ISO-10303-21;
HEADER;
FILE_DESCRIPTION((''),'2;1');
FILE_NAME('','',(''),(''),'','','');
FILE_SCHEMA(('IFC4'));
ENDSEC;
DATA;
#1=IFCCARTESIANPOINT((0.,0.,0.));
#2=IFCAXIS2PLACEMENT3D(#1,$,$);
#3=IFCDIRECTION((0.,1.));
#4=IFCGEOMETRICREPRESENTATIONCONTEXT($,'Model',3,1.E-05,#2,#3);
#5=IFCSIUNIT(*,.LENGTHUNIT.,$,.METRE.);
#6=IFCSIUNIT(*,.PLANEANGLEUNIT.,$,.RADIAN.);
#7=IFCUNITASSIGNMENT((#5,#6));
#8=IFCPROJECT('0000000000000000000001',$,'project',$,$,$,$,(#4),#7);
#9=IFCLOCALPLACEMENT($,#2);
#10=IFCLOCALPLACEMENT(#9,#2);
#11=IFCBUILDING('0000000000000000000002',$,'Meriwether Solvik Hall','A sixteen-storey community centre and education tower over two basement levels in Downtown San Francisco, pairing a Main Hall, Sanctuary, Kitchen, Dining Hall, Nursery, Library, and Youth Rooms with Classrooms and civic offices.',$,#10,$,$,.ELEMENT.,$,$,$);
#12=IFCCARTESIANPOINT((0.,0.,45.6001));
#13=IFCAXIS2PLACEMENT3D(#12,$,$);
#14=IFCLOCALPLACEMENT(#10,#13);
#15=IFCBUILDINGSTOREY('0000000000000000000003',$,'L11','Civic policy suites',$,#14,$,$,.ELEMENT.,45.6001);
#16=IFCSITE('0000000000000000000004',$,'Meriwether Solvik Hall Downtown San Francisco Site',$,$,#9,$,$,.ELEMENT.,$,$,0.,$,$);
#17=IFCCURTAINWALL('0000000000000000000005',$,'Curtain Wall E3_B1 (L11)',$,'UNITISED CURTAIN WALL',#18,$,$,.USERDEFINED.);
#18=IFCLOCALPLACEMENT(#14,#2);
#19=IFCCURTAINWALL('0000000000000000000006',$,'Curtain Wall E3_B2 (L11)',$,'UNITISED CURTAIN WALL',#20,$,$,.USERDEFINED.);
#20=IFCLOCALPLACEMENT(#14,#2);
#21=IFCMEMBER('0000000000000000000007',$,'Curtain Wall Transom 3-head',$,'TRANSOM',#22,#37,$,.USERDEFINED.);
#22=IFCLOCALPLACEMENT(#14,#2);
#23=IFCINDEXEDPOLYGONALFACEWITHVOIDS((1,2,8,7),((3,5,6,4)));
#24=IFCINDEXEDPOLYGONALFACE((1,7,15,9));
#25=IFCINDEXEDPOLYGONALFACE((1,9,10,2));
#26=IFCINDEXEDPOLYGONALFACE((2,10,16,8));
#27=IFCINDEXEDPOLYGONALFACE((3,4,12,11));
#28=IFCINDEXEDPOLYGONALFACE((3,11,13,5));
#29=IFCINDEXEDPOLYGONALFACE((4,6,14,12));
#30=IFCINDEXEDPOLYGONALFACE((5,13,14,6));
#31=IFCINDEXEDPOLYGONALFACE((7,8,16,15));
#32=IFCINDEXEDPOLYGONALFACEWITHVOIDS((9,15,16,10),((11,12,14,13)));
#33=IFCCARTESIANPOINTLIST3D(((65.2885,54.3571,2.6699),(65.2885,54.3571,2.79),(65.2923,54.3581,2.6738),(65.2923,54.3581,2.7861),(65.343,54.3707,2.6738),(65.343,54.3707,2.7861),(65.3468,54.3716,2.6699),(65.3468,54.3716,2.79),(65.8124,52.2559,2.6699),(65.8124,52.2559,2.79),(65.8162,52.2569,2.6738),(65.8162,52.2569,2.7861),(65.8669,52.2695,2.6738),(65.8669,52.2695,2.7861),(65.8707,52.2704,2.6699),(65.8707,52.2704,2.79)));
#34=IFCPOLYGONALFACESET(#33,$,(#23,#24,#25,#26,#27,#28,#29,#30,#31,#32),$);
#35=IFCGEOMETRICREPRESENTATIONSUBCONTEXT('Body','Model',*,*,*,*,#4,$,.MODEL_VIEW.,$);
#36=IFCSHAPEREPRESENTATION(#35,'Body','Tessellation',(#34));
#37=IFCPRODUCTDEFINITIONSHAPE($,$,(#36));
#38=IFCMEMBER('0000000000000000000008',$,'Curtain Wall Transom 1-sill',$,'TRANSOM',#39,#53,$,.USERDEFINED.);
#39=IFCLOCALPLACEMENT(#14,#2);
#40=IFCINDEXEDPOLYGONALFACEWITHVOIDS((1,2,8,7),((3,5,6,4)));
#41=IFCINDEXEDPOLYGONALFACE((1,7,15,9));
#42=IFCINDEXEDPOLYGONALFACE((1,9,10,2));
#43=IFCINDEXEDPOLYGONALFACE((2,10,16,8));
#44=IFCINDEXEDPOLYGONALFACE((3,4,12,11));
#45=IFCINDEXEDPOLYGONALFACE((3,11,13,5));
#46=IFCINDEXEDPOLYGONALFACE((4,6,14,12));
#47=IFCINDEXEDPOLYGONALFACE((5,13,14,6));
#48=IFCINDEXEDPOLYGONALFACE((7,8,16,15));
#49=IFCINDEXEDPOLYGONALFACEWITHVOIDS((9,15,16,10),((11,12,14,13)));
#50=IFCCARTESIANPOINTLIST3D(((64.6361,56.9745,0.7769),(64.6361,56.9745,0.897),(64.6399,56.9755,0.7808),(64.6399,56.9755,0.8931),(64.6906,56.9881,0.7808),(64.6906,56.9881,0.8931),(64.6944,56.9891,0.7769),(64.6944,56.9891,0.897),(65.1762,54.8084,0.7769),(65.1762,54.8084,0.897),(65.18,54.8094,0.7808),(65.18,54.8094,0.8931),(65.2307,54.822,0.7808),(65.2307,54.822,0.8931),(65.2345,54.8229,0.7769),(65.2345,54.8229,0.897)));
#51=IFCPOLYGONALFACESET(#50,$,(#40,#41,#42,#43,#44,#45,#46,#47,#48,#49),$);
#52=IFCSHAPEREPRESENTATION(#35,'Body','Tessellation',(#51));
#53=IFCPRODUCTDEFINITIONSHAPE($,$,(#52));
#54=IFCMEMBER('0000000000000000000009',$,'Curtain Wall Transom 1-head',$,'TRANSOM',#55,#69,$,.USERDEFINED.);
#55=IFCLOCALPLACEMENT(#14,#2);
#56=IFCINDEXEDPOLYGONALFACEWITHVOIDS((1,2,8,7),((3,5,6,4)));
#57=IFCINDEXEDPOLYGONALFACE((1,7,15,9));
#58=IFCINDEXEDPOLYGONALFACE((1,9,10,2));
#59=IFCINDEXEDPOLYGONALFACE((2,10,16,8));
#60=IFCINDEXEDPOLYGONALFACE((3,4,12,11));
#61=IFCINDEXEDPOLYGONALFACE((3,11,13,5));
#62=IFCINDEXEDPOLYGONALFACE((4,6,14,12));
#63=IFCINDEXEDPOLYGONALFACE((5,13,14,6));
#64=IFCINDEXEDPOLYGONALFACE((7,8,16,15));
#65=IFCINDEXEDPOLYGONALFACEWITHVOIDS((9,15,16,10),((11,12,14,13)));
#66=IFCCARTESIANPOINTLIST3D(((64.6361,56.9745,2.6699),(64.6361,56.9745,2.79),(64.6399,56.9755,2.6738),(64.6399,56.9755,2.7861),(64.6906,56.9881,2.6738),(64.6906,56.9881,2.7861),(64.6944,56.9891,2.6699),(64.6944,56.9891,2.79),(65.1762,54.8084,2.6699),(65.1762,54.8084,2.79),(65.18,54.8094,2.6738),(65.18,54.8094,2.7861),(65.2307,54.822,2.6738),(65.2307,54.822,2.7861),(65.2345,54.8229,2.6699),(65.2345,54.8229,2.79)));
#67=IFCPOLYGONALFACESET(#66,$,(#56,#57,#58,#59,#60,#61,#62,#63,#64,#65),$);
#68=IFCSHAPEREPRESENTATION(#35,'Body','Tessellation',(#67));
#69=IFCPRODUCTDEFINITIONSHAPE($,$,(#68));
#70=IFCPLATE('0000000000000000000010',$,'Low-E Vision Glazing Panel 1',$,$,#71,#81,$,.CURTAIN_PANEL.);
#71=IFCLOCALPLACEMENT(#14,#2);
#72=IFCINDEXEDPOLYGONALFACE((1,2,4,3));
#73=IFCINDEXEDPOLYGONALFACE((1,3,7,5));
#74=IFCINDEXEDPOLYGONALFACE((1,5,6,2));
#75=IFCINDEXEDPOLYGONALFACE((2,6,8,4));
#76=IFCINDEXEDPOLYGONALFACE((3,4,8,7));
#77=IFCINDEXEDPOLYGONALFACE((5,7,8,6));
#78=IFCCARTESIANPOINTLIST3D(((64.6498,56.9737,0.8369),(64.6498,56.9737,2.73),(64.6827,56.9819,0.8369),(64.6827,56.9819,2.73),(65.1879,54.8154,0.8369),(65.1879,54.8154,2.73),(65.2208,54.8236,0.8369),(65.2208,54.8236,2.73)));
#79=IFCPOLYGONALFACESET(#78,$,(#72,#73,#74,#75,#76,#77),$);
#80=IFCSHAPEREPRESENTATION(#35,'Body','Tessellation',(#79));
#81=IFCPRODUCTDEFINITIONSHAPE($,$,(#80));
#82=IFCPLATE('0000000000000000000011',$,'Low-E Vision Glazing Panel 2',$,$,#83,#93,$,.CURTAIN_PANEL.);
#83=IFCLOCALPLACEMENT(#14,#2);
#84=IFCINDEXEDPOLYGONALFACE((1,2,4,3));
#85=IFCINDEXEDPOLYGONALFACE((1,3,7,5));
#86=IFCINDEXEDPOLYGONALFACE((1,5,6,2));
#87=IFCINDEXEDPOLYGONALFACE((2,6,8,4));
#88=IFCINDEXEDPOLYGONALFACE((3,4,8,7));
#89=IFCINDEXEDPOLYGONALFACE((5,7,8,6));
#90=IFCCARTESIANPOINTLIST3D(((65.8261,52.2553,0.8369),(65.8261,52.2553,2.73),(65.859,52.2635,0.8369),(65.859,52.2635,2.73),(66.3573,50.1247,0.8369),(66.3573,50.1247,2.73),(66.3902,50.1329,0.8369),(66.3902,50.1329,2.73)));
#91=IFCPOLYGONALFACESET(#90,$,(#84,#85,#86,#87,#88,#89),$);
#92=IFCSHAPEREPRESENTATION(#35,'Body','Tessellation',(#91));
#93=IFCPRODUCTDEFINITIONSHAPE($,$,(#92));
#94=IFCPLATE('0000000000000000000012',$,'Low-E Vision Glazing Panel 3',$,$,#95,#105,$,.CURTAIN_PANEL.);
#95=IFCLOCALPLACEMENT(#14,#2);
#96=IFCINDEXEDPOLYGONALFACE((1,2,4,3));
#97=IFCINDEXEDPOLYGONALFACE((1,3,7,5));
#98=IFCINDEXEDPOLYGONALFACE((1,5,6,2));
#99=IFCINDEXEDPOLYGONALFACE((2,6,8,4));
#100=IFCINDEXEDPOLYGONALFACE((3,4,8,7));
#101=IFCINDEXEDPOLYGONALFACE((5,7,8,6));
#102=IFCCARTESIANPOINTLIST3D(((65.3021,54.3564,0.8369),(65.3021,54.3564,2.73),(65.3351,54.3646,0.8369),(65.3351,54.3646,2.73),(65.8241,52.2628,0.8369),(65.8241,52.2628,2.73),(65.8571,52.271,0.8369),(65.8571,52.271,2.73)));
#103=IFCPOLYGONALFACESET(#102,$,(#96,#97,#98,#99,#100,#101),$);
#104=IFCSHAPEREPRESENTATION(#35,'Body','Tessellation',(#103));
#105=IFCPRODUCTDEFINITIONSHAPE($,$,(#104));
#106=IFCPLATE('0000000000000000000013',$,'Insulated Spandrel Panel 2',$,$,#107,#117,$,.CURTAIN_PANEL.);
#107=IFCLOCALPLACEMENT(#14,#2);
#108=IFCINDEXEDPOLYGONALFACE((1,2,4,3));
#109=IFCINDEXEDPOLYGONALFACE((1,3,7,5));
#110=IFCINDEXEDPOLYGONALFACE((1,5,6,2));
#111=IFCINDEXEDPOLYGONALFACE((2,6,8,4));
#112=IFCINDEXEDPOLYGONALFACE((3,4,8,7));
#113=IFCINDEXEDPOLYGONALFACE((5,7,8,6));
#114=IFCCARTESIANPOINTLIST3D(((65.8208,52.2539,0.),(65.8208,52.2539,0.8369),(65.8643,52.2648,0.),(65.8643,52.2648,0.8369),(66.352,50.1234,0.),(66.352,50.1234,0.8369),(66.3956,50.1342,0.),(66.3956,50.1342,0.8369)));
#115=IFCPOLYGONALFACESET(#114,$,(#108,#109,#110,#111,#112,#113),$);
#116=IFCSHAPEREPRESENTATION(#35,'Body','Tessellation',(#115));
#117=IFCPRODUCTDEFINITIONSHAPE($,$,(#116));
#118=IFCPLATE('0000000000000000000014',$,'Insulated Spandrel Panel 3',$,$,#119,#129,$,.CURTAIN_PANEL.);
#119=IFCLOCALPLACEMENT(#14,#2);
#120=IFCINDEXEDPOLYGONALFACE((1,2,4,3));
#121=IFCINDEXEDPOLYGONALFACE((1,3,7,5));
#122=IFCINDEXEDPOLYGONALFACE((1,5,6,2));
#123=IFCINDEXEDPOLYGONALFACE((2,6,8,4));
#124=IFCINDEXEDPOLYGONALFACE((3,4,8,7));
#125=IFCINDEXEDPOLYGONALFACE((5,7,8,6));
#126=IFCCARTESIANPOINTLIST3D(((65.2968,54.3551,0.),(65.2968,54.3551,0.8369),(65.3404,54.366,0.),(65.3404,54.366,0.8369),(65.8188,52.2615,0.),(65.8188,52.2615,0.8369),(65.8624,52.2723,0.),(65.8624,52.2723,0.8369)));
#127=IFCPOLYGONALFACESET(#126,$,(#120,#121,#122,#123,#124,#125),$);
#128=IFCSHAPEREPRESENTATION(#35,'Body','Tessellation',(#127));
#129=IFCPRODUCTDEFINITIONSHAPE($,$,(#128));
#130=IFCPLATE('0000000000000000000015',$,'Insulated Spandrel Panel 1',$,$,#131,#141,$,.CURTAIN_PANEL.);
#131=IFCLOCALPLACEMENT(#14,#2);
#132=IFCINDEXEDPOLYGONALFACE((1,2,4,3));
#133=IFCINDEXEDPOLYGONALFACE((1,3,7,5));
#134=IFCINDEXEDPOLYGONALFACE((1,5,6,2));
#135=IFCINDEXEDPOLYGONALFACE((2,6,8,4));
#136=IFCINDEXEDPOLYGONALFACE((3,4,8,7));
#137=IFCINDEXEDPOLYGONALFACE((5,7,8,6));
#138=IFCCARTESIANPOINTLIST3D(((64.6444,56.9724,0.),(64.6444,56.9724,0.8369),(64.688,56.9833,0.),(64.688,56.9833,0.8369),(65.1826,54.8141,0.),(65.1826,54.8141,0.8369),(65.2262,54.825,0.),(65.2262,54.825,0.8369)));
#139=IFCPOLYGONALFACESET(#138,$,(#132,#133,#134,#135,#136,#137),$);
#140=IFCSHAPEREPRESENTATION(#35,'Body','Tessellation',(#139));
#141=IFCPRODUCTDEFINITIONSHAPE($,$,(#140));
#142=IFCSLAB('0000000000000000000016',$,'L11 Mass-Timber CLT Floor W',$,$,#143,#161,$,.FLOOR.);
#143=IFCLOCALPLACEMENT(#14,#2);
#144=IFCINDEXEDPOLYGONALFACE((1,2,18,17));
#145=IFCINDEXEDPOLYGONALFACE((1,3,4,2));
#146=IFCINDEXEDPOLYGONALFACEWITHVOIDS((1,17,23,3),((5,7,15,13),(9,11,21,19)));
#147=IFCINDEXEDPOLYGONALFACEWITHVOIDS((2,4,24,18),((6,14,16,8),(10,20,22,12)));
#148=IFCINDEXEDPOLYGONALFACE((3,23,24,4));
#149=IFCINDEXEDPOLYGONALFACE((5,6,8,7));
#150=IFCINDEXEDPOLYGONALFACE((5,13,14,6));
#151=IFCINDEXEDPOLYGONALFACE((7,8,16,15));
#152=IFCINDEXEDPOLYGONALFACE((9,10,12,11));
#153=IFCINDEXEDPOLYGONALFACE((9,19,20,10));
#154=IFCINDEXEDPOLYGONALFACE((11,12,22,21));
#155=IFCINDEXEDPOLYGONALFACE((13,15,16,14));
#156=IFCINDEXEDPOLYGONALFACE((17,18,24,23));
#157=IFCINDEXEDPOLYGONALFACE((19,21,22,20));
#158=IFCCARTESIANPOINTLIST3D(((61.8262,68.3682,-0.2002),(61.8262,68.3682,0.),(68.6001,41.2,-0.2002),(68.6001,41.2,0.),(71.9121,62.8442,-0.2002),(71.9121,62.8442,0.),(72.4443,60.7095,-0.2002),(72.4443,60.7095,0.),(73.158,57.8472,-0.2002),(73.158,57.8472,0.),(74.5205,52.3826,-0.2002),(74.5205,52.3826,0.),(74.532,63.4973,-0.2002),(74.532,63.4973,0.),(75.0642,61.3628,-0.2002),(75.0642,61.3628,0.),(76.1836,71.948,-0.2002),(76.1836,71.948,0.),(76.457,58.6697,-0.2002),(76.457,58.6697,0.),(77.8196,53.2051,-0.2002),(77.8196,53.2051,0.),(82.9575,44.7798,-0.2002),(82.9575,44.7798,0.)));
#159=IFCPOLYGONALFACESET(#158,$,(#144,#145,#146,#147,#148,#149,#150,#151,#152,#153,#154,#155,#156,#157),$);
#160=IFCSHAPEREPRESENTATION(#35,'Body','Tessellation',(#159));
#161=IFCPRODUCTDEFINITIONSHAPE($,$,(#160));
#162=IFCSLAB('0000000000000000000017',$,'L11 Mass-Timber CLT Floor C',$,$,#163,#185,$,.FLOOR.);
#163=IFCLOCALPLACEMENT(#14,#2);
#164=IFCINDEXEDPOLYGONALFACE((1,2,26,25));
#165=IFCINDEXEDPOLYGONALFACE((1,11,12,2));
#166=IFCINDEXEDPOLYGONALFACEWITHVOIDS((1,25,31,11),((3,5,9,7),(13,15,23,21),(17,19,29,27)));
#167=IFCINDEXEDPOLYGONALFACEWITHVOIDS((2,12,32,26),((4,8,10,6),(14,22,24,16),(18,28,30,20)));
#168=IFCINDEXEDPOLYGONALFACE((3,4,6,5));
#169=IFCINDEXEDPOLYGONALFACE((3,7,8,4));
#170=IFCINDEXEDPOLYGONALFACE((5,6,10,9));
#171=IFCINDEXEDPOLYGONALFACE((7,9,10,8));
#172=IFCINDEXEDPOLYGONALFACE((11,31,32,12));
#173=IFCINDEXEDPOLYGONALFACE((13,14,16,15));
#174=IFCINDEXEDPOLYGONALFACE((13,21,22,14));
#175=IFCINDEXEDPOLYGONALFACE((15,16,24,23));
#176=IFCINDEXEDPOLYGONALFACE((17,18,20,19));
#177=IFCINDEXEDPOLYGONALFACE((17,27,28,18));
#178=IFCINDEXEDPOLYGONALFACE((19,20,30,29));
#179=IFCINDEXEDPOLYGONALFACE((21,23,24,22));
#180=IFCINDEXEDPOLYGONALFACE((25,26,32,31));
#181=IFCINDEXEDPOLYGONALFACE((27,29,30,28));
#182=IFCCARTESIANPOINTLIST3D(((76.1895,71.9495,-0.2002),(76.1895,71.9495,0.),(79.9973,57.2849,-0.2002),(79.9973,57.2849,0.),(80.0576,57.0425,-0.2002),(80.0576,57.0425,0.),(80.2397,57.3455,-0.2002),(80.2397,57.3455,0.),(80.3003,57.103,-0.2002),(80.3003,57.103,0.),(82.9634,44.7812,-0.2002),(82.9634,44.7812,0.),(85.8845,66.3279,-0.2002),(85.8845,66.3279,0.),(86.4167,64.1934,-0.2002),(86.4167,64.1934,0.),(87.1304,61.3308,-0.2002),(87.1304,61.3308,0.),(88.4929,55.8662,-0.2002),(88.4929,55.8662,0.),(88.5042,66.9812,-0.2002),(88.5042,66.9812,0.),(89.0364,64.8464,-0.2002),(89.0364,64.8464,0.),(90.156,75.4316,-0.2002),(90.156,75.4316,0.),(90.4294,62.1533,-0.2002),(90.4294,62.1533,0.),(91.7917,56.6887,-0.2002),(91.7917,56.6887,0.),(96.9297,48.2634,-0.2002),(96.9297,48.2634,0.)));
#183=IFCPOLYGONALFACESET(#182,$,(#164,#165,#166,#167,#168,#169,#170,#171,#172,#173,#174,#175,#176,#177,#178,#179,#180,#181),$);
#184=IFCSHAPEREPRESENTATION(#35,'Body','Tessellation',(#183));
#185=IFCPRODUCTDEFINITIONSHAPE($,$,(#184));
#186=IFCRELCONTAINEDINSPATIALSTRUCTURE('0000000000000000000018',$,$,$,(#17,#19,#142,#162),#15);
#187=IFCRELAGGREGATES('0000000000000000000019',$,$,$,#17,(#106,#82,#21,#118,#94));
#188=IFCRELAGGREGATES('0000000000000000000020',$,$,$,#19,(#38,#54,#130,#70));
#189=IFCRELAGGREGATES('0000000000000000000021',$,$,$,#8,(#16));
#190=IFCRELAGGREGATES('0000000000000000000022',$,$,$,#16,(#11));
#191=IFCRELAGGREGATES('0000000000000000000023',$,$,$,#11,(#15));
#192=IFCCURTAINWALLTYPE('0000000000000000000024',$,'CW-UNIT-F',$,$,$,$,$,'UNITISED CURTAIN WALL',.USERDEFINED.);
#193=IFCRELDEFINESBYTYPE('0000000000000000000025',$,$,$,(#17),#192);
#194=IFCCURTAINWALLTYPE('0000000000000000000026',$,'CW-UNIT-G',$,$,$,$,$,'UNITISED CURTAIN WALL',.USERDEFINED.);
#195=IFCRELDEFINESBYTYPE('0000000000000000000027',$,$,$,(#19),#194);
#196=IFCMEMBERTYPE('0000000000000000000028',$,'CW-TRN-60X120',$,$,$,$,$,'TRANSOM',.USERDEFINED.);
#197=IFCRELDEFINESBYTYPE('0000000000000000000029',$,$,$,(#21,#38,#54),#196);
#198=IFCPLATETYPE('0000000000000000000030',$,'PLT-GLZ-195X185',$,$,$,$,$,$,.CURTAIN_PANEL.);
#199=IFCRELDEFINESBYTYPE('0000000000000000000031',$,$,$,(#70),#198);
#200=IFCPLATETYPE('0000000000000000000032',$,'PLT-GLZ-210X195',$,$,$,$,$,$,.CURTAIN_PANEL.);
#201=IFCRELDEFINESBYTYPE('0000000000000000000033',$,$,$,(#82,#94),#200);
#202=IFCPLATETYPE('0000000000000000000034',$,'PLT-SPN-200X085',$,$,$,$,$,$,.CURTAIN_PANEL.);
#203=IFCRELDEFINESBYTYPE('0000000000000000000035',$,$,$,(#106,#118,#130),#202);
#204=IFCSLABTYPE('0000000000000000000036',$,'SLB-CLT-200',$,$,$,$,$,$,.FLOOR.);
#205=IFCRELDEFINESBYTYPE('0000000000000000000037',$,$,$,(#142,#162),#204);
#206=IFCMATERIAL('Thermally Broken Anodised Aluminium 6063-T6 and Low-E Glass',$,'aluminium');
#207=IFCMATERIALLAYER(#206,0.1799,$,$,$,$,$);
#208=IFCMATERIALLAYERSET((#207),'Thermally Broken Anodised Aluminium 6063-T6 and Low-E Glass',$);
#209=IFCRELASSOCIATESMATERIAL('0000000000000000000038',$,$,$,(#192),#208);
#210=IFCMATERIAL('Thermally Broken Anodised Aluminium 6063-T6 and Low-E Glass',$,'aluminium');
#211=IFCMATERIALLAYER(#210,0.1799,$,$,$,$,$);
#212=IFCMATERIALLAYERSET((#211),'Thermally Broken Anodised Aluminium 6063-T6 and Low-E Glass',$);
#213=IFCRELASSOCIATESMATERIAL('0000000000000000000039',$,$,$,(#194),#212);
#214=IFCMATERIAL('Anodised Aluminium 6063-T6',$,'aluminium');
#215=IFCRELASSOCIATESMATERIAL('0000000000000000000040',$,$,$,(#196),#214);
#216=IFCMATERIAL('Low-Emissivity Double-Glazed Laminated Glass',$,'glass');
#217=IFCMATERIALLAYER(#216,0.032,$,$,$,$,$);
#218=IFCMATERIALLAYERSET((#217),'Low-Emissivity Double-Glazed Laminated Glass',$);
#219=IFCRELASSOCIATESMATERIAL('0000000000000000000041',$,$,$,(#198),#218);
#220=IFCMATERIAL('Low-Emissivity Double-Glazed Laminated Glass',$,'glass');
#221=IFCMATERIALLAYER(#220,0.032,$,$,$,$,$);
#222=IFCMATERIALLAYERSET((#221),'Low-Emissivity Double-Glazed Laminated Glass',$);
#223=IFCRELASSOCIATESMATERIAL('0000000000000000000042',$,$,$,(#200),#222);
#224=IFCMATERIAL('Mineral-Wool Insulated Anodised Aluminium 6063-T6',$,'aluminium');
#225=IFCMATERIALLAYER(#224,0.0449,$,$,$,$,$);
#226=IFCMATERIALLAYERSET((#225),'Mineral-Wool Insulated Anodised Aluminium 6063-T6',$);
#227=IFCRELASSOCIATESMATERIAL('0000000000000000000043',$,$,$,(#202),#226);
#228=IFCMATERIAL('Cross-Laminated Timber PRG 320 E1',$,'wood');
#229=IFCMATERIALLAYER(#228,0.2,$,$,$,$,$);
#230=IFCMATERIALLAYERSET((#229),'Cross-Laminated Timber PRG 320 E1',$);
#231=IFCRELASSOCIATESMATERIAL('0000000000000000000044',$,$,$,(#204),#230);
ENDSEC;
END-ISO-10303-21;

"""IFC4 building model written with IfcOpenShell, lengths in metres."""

from ifc_helpers import new_model, si_unit, direction, frame, origin, origin_2d, place, context, subcontext, project, spatial, polyline, rectangle, hollow_rectangle, outline, extrude, material, layer, layer_set, material_profile, profile_set, type_object, element, aggregate, save


model = new_model("IFC4")

# Units and contexts
model_context = context("Model", 3, precision=1e-05, world=origin(), true_north=direction((0.0, 1.0)))
body_context = subcontext(model_context, "Body", "Model", "MODEL_VIEW")
ifc_project = project(units=[si_unit("LENGTHUNIT", "METRE"), si_unit("PLANEANGLEUNIT", "RADIAN")], contexts=[model_context])

# Site, building, storey
site_placement = place(None, origin())
site = spatial("IfcSite", under=ifc_project, at=site_placement, Name="Meriwether Solvik Hall Downtown San Francisco Site", CompositionType="ELEMENT", RefElevation=0.0)
building_placement = place(site_placement, origin())
building = spatial("IfcBuilding", under=site, at=building_placement, Name="Meriwether Solvik Hall", Description="A sixteen-storey community centre and education tower over two basement levels in Downtown San Francisco, pairing a Main Hall, Sanctuary, Kitchen, Dining Hall, Nursery, Library, and Youth Rooms with Classrooms and civic offices.", CompositionType="ELEMENT")
storey_placement = place(building_placement, frame((0.0, 0.0, 45.6001)))
storey = spatial("IfcBuildingStorey", under=building, at=storey_placement, Name="L11", Description="Civic policy suites", CompositionType="ELEMENT", Elevation=45.6001)

# Curtain walls
ifc_material_1 = material(Name="Thermally Broken Anodised Aluminium 6063-T6 and Low-E Glass", Category="aluminium")
ifc_layer_1 = layer(ifc_material_1, 0.1799)
ifc_layer_set_1 = layer_set([ifc_layer_1], Name="Thermally Broken Anodised Aluminium 6063-T6 and Low-E Glass")
curtain_wall_type_1 = type_object("IfcCurtainWallType", Name="CW-UNIT-F", ElementType="UNITISED CURTAIN WALL", PredefinedType="USERDEFINED", material=ifc_layer_set_1)
curtain_wall_1_placement = place(storey_placement, origin())
curtain_wall_1 = element("IfcCurtainWall", 1, at=curtain_wall_1_placement, inside=storey, type_object=curtain_wall_type_1, Name="Curtain Wall E3_B1 (L11)", ObjectType="UNITISED CURTAIN WALL", PredefinedType="USERDEFINED")
ifc_material_2 = material(Name="Thermally Broken Anodised Aluminium 6063-T6 and Low-E Glass", Category="aluminium")
ifc_layer_2 = layer(ifc_material_2, 0.1799)
ifc_layer_set_2 = layer_set([ifc_layer_2], Name="Thermally Broken Anodised Aluminium 6063-T6 and Low-E Glass")
curtain_wall_type_2 = type_object("IfcCurtainWallType", Name="CW-UNIT-G", ElementType="UNITISED CURTAIN WALL", PredefinedType="USERDEFINED", material=ifc_layer_set_2)
curtain_wall_2_placement = place(storey_placement, origin())
curtain_wall_2 = element("IfcCurtainWall", 2, at=curtain_wall_2_placement, inside=storey, type_object=curtain_wall_type_2, Name="Curtain Wall E3_B2 (L11)", ObjectType="UNITISED CURTAIN WALL", PredefinedType="USERDEFINED")

# Members
ifc_material_3 = material(Name="Anodised Aluminium 6063-T6", Category="aluminium")
ifc_material_profile_1 = material_profile(ifc_material_3, hollow_rectangle(XDim=0.0601, YDim=0.1201, WallThickness=0.0039, at=origin_2d()), Name="CWT-60X120")
ifc_profile_set_1 = profile_set([ifc_material_profile_1], Name="Anodised Aluminium 6063-T6")
member_type_1 = type_object("IfcMemberType", Name="CW-TRN-60X120", ElementType="TRANSOM", PredefinedType="USERDEFINED", material=ifc_profile_set_1)
member_1_placement = place(storey_placement, frame((65.8416, 52.2632, 2.73), z_axis=(-0.241925, 0.970295, 0.0), x_axis=(-0.970295, -0.241925, 0.0)))
member_1 = element("IfcMember", 3, at=member_1_placement, type_object=member_type_1, Name="Curtain Wall Transom 3-head", ObjectType="TRANSOM", PredefinedType="USERDEFINED", context=body_context, shape_type="SweptSolid", body=[
    extrude(hollow_rectangle(XDim=0.0601, YDim=0.1201, WallThickness=0.0039, at=origin_2d()), origin(), (0.0, 0.0, 1.0), 2.1655),
])
member_2_placement = place(storey_placement, frame((65.2053, 54.8157, 0.8369), z_axis=(-0.241918, 0.970297, 0.0), x_axis=(-0.970297, -0.241918, 0.0)))
member_2 = element("IfcMember", 4, at=member_2_placement, type_object=member_type_1, Name="Curtain Wall Transom 1-sill", ObjectType="TRANSOM", PredefinedType="USERDEFINED", context=body_context, shape_type="SweptSolid", body=[
    extrude(hollow_rectangle(XDim=0.0601, YDim=0.1201, WallThickness=0.0039, at=origin_2d()), origin(), (0.0, 0.0, 1.0), 2.2324),
])
member_3_placement = place(storey_placement, frame((65.2053, 54.8157, 2.73), z_axis=(-0.241918, 0.970297, 0.0), x_axis=(-0.970297, -0.241918, 0.0)))
member_3 = element("IfcMember", 5, at=member_3_placement, type_object=member_type_1, Name="Curtain Wall Transom 1-head", ObjectType="TRANSOM", PredefinedType="USERDEFINED", context=body_context, shape_type="SweptSolid", body=[
    extrude(hollow_rectangle(XDim=0.0601, YDim=0.1201, WallThickness=0.0039, at=origin_2d()), origin(), (0.0, 0.0, 1.0), 2.2324),
])

# Plates
ifc_material_4 = material(Name="Low-Emissivity Double-Glazed Laminated Glass", Category="glass")
ifc_layer_3 = layer(ifc_material_4, 0.032)
ifc_layer_set_3 = layer_set([ifc_layer_3], Name="Low-Emissivity Double-Glazed Laminated Glass")
plate_type_1 = type_object("IfcPlateType", Name="PLT-GLZ-195X185", PredefinedType="CURTAIN_PANEL", material=ifc_layer_set_3)
plate_1_placement = place(storey_placement, frame((64.9353, 55.8987, 0.8369), z_axis=(0.0, 0.0, 1.0), x_axis=(-0.241922, 0.970296, 0.0)))
plate_1 = element("IfcPlate", 6, at=plate_1_placement, type_object=plate_type_1, Name="Low-E Vision Glazing Panel 1", PredefinedType="CURTAIN_PANEL", context=body_context, shape_type="SweptSolid", body=[
    extrude(rectangle(XDim=2.2244, YDim=0.0339, at=origin_2d()), origin(), (0.0, 0.0, 1.0), 1.8931),
])
ifc_material_5 = material(Name="Low-Emissivity Double-Glazed Laminated Glass", Category="glass")
ifc_layer_4 = layer(ifc_material_5, 0.032)
ifc_layer_set_4 = layer_set([ifc_layer_4], Name="Low-Emissivity Double-Glazed Laminated Glass")
plate_type_2 = type_object("IfcPlateType", Name="PLT-GLZ-210X195", PredefinedType="CURTAIN_PANEL", material=ifc_layer_set_4)
plate_2_placement = place(storey_placement, frame((66.1082, 51.1941, 0.8369), z_axis=(0.0, 0.0, 1.0), x_axis=(-0.241922, 0.970296, 0.0)))
plate_2 = element("IfcPlate", 7, at=plate_2_placement, type_object=plate_type_2, Name="Low-E Vision Glazing Panel 2", PredefinedType="CURTAIN_PANEL", context=body_context, shape_type="SweptSolid", body=[
    extrude(rectangle(XDim=2.1958, YDim=0.0339, at=origin_2d()), origin(), (0.0, 0.0, 1.0), 1.8931),
])
plate_3_placement = place(storey_placement, frame((65.5796, 53.3137, 0.8369), z_axis=(0.0, 0.0, 1.0), x_axis=(-0.241922, 0.970296, 0.0)))
plate_3 = element("IfcPlate", 8, at=plate_3_placement, type_object=plate_type_2, Name="Low-E Vision Glazing Panel 3", PredefinedType="CURTAIN_PANEL", context=body_context, shape_type="SweptSolid", body=[
    extrude(rectangle(XDim=2.1577, YDim=0.0339, at=origin_2d()), origin(), (0.0, 0.0, 1.0), 1.8931),
])
ifc_material_6 = material(Name="Mineral-Wool Insulated Anodised Aluminium 6063-T6", Category="aluminium")
ifc_layer_5 = layer(ifc_material_6, 0.0449)
ifc_layer_set_5 = layer_set([ifc_layer_5], Name="Mineral-Wool Insulated Anodised Aluminium 6063-T6")
plate_type_3 = type_object("IfcPlateType", Name="PLT-SPN-200X085", PredefinedType="CURTAIN_PANEL", material=ifc_layer_set_5)
plate_4_placement = place(storey_placement, frame((66.1082, 51.1941, 0.0), z_axis=(0.0, 0.0, 1.0), x_axis=(-0.241922, 0.970296, 0.0)))
plate_4 = element("IfcPlate", 9, at=plate_4_placement, type_object=plate_type_3, Name="Insulated Spandrel Panel 2", PredefinedType="CURTAIN_PANEL", context=body_context, shape_type="SweptSolid", body=[
    extrude(rectangle(XDim=2.1958, YDim=0.0449, at=origin_2d()), origin(), (0.0, 0.0, 1.0), 0.8369),
])
plate_5_placement = place(storey_placement, frame((65.5796, 53.3137, 0.0), z_axis=(0.0, 0.0, 1.0), x_axis=(-0.241922, 0.970296, 0.0)))
plate_5 = element("IfcPlate", 10, at=plate_5_placement, type_object=plate_type_3, Name="Insulated Spandrel Panel 3", PredefinedType="CURTAIN_PANEL", context=body_context, shape_type="SweptSolid", body=[
    extrude(rectangle(XDim=2.1577, YDim=0.0449, at=origin_2d()), origin(), (0.0, 0.0, 1.0), 0.8369),
])
aggregate(curtain_wall_1, [plate_4, plate_2, member_1, plate_5, plate_3])
plate_6_placement = place(storey_placement, frame((64.9353, 55.8987, 0.0), z_axis=(0.0, 0.0, 1.0), x_axis=(-0.241922, 0.970296, 0.0)))
plate_6 = element("IfcPlate", 11, at=plate_6_placement, type_object=plate_type_3, Name="Insulated Spandrel Panel 1", PredefinedType="CURTAIN_PANEL", context=body_context, shape_type="SweptSolid", body=[
    extrude(rectangle(XDim=2.2244, YDim=0.0449, at=origin_2d()), origin(), (0.0, 0.0, 1.0), 0.8369),
])
aggregate(curtain_wall_2, [member_2, member_3, plate_6, plate_1])

# Slabs
ifc_material_7 = material(Name="Cross-Laminated Timber PRG 320 E1", Category="wood")
ifc_layer_6 = layer(ifc_material_7, 0.2)
ifc_layer_set_6 = layer_set([ifc_layer_6], Name="Cross-Laminated Timber PRG 320 E1")
slab_type_1 = type_object("IfcSlabType", Name="SLB-CLT-200", PredefinedType="FLOOR", material=ifc_layer_set_6)
slab_1_placement = place(storey_placement, frame((0.0, 0.0, -0.2002)))
element("IfcSlab", 12, at=slab_1_placement, inside=storey, type_object=slab_type_1, Name="L11 Mass-Timber CLT Floor W", PredefinedType="FLOOR", context=body_context, shape_type="SweptSolid", body=[
    extrude(outline(polyline([(76.1836, 71.948), (82.9575, 44.7798), (68.6001, 41.2), (61.8262, 68.3682), (76.1836, 71.948)]), holes=[polyline([(74.5205, 52.3826), (77.8196, 53.2051), (76.457, 58.6697), (73.158, 57.8472), (74.5205, 52.3826)]), polyline([(71.9121, 62.8442), (72.4443, 60.7095), (75.0642, 61.3628), (74.532, 63.4973), (71.9121, 62.8442)])]), origin(), (0.0, 0.0, 1.0), 0.2002),
])
slab_2_placement = place(storey_placement, frame((0.0, 0.0, -0.2002)))
element("IfcSlab", 13, at=slab_2_placement, inside=storey, type_object=slab_type_1, Name="L11 Mass-Timber CLT Floor C", PredefinedType="FLOOR", context=body_context, shape_type="SweptSolid", body=[
    extrude(outline(polyline([(90.156, 75.4316), (96.9297, 48.2634), (82.9634, 44.7812), (76.1895, 71.9495), (90.156, 75.4316)]), holes=[polyline([(79.9973, 57.2849), (80.0576, 57.0425), (80.3003, 57.103), (80.2397, 57.3455), (79.9973, 57.2849)]), polyline([(88.4929, 55.8662), (91.7917, 56.6887), (90.4294, 62.1533), (87.1304, 61.3308), (88.4929, 55.8662)]), polyline([(85.8845, 66.3279), (86.4167, 64.1934), (89.0364, 64.8464), (88.5042, 66.9812), (85.8845, 66.3279)])]), origin(), (0.0, 0.0, 1.0), 0.2002),
])

save(model, "model.ifc")
